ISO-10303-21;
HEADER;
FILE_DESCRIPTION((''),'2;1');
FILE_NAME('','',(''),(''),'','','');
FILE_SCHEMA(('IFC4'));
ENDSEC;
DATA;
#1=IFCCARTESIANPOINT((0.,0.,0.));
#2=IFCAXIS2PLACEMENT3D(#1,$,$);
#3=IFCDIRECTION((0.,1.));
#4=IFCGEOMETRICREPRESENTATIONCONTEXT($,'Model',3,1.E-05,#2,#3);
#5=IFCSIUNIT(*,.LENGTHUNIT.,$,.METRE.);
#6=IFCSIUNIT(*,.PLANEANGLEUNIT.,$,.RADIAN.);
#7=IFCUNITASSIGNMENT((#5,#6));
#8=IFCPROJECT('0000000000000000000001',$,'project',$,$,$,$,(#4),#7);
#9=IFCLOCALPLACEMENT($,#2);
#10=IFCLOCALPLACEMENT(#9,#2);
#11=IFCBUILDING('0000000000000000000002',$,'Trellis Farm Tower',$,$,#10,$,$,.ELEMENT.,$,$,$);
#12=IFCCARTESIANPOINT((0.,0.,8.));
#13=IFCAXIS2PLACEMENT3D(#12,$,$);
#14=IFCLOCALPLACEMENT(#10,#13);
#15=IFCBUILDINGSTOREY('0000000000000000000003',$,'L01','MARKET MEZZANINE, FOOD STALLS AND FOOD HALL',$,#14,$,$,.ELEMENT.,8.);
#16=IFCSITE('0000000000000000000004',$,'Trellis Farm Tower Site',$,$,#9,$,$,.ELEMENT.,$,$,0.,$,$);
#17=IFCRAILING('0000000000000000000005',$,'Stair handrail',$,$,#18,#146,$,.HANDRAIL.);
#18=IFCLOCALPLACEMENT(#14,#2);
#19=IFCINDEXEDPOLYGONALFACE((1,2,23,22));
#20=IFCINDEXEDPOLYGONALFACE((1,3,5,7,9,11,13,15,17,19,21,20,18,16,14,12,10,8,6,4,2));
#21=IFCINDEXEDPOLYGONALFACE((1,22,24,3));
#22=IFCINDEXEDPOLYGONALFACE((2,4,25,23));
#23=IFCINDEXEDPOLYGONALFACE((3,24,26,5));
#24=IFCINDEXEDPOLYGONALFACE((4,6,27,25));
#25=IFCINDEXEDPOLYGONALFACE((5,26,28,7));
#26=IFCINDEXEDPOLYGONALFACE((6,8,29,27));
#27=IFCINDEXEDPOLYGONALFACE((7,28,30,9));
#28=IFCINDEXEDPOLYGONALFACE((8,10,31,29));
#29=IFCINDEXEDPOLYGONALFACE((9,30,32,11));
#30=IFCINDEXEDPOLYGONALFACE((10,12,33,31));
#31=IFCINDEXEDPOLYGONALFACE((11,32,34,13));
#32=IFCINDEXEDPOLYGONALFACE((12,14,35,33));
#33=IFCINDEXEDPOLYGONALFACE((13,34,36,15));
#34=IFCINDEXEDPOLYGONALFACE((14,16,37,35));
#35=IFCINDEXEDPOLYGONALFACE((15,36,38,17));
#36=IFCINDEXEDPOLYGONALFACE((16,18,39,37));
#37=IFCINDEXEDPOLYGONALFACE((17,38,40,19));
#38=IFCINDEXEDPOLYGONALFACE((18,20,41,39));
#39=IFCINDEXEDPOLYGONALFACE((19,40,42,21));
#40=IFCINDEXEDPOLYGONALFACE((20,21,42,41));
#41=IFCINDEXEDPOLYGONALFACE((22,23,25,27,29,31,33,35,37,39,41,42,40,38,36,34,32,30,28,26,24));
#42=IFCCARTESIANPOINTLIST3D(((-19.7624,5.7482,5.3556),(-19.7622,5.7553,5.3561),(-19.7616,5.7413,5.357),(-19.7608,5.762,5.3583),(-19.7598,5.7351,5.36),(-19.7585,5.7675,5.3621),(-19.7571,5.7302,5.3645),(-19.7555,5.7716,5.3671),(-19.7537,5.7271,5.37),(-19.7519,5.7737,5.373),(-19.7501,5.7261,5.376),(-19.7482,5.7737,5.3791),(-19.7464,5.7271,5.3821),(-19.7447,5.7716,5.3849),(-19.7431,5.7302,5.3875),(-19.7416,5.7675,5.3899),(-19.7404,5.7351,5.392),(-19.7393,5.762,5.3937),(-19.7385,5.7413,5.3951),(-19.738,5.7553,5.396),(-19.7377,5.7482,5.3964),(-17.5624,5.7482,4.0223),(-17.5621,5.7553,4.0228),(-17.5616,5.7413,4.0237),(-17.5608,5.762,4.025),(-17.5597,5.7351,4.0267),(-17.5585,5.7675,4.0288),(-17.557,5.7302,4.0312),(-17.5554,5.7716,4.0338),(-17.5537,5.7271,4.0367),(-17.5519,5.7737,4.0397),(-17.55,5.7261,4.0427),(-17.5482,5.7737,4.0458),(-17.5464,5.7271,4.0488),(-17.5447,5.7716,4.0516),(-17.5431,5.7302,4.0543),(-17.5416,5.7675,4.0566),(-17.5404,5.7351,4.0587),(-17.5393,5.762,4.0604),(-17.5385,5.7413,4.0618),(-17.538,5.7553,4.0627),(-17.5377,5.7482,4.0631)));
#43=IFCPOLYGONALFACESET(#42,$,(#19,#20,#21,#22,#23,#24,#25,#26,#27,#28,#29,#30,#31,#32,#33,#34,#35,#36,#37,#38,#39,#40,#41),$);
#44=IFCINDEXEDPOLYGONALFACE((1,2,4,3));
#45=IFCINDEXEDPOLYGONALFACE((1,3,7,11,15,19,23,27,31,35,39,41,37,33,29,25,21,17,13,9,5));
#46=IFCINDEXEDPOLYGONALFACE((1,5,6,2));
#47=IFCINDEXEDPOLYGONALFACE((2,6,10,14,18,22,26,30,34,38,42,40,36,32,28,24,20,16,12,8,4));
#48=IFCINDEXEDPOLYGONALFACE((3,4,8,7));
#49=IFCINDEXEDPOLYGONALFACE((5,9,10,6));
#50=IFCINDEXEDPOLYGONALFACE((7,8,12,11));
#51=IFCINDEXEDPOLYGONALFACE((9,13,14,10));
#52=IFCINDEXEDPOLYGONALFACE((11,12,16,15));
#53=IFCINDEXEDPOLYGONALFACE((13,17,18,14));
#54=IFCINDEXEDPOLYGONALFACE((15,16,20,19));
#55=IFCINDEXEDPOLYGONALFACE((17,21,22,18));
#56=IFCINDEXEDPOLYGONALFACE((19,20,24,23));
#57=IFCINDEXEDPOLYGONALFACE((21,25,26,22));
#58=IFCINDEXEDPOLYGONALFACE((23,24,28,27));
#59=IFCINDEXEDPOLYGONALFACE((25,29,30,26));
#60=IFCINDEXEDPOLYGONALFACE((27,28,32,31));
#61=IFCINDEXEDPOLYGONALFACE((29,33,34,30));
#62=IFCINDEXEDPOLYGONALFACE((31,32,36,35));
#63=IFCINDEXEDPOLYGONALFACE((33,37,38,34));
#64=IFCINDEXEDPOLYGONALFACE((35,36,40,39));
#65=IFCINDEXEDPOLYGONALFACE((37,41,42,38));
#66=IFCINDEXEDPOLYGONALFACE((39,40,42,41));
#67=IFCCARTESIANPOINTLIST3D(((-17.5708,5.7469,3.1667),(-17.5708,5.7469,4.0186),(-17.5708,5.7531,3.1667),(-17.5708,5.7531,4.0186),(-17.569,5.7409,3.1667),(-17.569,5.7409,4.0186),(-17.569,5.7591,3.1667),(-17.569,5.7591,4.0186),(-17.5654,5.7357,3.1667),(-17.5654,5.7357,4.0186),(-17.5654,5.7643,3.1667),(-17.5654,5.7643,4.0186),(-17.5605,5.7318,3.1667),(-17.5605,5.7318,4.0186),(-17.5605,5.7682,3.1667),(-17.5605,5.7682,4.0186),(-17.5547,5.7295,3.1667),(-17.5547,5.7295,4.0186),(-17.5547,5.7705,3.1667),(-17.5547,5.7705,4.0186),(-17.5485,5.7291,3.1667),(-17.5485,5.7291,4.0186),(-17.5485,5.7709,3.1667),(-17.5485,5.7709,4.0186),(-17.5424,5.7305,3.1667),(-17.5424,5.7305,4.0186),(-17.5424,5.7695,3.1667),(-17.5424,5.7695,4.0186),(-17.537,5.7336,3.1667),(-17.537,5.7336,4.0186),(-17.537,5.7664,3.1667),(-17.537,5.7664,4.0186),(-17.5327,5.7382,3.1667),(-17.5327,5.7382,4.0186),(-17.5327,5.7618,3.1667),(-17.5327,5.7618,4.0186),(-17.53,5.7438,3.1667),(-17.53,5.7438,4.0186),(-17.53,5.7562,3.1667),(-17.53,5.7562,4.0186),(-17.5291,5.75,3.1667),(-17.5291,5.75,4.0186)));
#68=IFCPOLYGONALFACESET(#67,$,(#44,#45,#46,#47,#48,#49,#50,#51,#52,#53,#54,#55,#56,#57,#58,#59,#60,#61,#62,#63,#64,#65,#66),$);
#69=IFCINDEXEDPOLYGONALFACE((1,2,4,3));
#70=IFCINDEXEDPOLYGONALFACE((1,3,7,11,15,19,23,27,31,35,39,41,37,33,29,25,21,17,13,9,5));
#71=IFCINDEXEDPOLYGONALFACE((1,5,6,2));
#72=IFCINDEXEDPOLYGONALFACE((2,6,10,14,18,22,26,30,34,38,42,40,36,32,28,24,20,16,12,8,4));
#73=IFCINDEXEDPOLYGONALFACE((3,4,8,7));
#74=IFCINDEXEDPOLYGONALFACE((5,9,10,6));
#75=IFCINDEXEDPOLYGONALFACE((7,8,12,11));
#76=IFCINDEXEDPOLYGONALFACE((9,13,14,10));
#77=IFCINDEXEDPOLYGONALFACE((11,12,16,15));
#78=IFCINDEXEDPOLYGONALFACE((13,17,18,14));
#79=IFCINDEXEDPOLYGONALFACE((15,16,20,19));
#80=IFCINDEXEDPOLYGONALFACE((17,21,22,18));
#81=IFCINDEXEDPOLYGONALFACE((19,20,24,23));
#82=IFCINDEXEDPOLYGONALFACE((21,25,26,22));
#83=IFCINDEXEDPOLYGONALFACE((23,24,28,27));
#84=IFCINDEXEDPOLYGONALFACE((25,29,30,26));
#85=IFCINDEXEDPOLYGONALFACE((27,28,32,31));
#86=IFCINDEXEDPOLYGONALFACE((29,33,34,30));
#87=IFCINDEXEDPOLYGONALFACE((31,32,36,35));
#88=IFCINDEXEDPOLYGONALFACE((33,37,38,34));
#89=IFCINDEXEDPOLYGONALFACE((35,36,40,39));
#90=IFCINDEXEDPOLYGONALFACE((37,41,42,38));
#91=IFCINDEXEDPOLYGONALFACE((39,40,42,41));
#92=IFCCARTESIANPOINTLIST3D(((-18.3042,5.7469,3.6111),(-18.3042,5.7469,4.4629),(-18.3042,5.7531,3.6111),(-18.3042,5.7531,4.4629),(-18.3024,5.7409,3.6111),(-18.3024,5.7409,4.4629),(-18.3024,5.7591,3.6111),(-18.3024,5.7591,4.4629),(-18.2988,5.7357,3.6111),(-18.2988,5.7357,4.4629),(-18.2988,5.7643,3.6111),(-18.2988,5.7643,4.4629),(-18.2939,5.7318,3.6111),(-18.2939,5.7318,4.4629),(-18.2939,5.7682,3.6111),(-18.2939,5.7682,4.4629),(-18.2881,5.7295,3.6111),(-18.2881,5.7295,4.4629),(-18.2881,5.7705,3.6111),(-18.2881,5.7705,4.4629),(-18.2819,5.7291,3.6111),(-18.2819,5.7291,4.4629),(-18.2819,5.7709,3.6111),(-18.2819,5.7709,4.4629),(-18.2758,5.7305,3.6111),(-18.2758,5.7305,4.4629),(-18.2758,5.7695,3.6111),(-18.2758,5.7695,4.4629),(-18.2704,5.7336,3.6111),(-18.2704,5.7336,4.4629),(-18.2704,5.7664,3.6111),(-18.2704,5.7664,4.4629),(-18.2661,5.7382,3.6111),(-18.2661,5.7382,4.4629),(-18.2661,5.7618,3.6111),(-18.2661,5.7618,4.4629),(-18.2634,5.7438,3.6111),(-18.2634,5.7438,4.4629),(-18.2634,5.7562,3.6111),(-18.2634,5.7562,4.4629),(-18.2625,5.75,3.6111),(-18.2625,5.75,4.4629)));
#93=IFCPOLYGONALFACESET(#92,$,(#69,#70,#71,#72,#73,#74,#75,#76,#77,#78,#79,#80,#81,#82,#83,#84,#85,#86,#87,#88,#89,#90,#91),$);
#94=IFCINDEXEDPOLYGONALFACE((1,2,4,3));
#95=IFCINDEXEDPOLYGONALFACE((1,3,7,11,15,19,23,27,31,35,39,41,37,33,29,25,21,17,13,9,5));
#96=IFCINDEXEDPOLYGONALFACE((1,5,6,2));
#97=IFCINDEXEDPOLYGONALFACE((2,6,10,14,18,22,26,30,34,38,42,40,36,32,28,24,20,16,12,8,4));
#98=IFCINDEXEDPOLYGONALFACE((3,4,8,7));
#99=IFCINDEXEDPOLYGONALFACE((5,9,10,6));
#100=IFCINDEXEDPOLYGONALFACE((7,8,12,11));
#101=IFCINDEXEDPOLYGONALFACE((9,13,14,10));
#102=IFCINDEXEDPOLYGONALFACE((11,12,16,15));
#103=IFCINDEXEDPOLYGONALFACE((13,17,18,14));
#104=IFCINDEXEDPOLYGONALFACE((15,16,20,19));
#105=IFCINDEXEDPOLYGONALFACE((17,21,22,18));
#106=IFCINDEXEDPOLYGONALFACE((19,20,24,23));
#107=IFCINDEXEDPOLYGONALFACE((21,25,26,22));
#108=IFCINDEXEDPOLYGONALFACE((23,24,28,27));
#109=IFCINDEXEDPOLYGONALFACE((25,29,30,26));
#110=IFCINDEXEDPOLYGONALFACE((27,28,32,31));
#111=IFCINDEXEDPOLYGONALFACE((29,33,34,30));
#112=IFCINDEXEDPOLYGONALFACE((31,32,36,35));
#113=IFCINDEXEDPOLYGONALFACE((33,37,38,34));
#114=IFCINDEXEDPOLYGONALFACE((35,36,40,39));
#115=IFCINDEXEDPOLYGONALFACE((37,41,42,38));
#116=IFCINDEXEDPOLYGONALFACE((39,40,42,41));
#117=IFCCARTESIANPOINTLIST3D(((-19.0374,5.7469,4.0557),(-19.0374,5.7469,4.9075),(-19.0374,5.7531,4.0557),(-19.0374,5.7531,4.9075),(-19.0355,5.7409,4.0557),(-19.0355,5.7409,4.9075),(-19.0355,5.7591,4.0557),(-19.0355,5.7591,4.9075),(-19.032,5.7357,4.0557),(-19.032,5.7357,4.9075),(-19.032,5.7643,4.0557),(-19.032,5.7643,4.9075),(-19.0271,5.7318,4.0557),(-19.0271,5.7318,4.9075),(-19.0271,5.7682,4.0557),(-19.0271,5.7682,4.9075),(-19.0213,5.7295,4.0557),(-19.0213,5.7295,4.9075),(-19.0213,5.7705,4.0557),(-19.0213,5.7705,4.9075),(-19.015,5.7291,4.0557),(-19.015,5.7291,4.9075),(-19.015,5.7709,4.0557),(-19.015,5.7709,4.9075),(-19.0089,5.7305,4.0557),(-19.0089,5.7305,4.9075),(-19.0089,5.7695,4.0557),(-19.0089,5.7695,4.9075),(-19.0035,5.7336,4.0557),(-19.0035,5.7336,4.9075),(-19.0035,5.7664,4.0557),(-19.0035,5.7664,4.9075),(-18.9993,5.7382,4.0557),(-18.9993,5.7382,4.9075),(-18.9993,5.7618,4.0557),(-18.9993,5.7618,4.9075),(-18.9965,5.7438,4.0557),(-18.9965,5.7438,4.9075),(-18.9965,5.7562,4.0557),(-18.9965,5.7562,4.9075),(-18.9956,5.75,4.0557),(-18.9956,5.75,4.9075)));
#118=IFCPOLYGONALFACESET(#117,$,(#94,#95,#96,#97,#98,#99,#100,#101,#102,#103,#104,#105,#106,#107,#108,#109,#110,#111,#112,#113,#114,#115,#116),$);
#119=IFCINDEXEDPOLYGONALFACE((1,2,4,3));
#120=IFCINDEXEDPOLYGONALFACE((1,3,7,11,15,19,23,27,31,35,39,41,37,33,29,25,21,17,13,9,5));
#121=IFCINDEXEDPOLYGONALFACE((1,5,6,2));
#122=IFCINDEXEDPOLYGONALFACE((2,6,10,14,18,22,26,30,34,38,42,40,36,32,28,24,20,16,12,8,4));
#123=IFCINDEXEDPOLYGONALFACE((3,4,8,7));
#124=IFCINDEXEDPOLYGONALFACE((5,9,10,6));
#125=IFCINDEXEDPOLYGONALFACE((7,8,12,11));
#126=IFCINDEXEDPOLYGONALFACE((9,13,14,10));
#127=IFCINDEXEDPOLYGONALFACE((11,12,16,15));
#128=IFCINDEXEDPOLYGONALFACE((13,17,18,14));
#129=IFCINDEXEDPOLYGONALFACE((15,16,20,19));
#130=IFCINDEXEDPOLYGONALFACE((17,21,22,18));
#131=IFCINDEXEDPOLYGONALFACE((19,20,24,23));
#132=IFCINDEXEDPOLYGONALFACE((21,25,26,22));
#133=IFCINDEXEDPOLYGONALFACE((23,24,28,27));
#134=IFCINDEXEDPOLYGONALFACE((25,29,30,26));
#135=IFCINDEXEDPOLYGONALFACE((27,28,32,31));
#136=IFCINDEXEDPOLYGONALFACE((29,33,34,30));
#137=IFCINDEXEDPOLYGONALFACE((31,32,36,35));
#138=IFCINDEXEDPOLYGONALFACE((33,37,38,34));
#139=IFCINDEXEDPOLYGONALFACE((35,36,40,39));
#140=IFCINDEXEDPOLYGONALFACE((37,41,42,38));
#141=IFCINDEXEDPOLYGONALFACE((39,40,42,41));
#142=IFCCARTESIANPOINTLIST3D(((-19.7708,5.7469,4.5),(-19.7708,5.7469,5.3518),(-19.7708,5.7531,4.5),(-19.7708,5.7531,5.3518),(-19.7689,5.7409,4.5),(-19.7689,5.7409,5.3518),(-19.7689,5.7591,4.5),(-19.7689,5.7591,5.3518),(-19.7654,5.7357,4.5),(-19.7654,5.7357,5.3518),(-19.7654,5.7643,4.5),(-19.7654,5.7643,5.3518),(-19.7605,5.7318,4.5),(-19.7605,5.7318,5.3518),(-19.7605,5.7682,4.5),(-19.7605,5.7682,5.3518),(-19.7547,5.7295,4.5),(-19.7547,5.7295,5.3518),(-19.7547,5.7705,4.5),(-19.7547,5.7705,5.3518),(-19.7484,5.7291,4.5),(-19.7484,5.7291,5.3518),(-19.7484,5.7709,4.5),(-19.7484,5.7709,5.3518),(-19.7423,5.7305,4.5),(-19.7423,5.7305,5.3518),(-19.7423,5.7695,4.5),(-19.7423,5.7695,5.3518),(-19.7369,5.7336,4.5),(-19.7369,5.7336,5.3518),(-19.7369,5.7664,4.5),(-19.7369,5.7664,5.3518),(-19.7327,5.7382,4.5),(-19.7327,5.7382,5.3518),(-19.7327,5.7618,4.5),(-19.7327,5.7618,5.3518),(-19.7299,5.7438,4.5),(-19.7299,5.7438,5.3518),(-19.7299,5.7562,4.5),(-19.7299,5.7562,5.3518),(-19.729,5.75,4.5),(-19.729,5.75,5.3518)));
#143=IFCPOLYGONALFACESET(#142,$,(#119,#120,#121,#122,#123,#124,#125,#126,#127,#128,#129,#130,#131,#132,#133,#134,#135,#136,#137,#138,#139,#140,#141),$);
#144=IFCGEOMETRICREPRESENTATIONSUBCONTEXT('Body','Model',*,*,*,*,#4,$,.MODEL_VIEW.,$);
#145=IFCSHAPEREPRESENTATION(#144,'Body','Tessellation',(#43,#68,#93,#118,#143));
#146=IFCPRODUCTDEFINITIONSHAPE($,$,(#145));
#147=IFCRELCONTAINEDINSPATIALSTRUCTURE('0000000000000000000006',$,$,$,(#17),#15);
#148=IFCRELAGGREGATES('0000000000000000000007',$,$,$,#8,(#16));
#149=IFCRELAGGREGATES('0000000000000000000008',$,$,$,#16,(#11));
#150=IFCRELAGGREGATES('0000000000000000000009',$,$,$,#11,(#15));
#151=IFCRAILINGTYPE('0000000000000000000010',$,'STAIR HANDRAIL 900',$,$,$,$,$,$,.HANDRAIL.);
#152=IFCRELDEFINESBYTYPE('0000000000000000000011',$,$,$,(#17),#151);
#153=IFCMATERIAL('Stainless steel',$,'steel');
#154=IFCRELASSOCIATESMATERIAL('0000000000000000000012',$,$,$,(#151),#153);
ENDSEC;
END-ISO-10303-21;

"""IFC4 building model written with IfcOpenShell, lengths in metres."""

from ifc_helpers import new_model, si_unit, direction, frame, origin, origin_2d, place, context, subcontext, project, spatial, circle, extrude, source, transform, mapped, material, type_object, element, save


model = new_model("IFC4")

# Units and contexts
model_context = context("Model", 3, precision=1e-05, world=origin(), true_north=direction((0.0, 1.0)))
body_context = subcontext(model_context, "Body", "Model", "MODEL_VIEW")
ifc_project = project(units=[si_unit("LENGTHUNIT", "METRE"), si_unit("PLANEANGLEUNIT", "RADIAN")], contexts=[model_context])

# Site, building, storey
site_placement = place(None, origin())
site = spatial("IfcSite", under=ifc_project, at=site_placement, Name="Trellis Farm Tower Site", CompositionType="ELEMENT", RefElevation=0.0)
building_placement = place(site_placement, origin())
building = spatial("IfcBuilding", under=site, at=building_placement, Name="Trellis Farm Tower", CompositionType="ELEMENT")
storey_placement = place(building_placement, frame((0.0, 0.0, 8.0)))
storey = spatial("IfcBuildingStorey", under=building, at=storey_placement, Name="L01", Description="MARKET MEZZANINE, FOOD STALLS AND FOOD HALL", CompositionType="ELEMENT", Elevation=8.0)

# Railing
ifc_material_1 = material(Name="Stainless steel", Category="steel")
railing_type = type_object("IfcRailingType", Name="STAIR HANDRAIL 900", PredefinedType="HANDRAIL", material=ifc_material_1)
shared_shape_1 = source(origin(), body_context, "Body", "SweptSolid", [
    extrude(circle(Radius=0.0239, at=origin_2d()), frame((0.0, 0.0, 0.876), z_axis=(-0.855207, 0.0, 0.518287), x_axis=(0.0, -1.0, 0.0)), (0.0, 0.0, 1.0), 2.5725),
    extrude(circle(Radius=0.021, at=origin_2d()), origin(), (0.0, 0.0, 1.0), 0.8518),
    extrude(circle(Radius=0.021, at=origin_2d()), frame((-0.7334, 0.0, 0.4443)), (0.0, 0.0, 1.0), 0.8518),
    extrude(circle(Radius=0.021, at=origin_2d()), frame((-1.4666, 0.0, 0.8889)), (0.0, 0.0, 1.0), 0.8518),
    extrude(circle(Radius=0.021, at=origin_2d()), frame((-2.2, 0.0, 1.3333)), (0.0, 0.0, 1.0), 0.8518),
])
for number, where, name in (
    (1, (-17.55, 5.75, 3.1667), "Stair handrail"),
):
    element("IfcRailing", number, at=place(storey_placement, frame(where)), inside=storey, type_object=railing_type, Name=name, PredefinedType="HANDRAIL", context=body_context, shape_type="MappedRepresentation", body=[
        mapped(shared_shape_1, transform((0.0, 0.0, 0.0))),
    ])

save(model, "model.ifc")
